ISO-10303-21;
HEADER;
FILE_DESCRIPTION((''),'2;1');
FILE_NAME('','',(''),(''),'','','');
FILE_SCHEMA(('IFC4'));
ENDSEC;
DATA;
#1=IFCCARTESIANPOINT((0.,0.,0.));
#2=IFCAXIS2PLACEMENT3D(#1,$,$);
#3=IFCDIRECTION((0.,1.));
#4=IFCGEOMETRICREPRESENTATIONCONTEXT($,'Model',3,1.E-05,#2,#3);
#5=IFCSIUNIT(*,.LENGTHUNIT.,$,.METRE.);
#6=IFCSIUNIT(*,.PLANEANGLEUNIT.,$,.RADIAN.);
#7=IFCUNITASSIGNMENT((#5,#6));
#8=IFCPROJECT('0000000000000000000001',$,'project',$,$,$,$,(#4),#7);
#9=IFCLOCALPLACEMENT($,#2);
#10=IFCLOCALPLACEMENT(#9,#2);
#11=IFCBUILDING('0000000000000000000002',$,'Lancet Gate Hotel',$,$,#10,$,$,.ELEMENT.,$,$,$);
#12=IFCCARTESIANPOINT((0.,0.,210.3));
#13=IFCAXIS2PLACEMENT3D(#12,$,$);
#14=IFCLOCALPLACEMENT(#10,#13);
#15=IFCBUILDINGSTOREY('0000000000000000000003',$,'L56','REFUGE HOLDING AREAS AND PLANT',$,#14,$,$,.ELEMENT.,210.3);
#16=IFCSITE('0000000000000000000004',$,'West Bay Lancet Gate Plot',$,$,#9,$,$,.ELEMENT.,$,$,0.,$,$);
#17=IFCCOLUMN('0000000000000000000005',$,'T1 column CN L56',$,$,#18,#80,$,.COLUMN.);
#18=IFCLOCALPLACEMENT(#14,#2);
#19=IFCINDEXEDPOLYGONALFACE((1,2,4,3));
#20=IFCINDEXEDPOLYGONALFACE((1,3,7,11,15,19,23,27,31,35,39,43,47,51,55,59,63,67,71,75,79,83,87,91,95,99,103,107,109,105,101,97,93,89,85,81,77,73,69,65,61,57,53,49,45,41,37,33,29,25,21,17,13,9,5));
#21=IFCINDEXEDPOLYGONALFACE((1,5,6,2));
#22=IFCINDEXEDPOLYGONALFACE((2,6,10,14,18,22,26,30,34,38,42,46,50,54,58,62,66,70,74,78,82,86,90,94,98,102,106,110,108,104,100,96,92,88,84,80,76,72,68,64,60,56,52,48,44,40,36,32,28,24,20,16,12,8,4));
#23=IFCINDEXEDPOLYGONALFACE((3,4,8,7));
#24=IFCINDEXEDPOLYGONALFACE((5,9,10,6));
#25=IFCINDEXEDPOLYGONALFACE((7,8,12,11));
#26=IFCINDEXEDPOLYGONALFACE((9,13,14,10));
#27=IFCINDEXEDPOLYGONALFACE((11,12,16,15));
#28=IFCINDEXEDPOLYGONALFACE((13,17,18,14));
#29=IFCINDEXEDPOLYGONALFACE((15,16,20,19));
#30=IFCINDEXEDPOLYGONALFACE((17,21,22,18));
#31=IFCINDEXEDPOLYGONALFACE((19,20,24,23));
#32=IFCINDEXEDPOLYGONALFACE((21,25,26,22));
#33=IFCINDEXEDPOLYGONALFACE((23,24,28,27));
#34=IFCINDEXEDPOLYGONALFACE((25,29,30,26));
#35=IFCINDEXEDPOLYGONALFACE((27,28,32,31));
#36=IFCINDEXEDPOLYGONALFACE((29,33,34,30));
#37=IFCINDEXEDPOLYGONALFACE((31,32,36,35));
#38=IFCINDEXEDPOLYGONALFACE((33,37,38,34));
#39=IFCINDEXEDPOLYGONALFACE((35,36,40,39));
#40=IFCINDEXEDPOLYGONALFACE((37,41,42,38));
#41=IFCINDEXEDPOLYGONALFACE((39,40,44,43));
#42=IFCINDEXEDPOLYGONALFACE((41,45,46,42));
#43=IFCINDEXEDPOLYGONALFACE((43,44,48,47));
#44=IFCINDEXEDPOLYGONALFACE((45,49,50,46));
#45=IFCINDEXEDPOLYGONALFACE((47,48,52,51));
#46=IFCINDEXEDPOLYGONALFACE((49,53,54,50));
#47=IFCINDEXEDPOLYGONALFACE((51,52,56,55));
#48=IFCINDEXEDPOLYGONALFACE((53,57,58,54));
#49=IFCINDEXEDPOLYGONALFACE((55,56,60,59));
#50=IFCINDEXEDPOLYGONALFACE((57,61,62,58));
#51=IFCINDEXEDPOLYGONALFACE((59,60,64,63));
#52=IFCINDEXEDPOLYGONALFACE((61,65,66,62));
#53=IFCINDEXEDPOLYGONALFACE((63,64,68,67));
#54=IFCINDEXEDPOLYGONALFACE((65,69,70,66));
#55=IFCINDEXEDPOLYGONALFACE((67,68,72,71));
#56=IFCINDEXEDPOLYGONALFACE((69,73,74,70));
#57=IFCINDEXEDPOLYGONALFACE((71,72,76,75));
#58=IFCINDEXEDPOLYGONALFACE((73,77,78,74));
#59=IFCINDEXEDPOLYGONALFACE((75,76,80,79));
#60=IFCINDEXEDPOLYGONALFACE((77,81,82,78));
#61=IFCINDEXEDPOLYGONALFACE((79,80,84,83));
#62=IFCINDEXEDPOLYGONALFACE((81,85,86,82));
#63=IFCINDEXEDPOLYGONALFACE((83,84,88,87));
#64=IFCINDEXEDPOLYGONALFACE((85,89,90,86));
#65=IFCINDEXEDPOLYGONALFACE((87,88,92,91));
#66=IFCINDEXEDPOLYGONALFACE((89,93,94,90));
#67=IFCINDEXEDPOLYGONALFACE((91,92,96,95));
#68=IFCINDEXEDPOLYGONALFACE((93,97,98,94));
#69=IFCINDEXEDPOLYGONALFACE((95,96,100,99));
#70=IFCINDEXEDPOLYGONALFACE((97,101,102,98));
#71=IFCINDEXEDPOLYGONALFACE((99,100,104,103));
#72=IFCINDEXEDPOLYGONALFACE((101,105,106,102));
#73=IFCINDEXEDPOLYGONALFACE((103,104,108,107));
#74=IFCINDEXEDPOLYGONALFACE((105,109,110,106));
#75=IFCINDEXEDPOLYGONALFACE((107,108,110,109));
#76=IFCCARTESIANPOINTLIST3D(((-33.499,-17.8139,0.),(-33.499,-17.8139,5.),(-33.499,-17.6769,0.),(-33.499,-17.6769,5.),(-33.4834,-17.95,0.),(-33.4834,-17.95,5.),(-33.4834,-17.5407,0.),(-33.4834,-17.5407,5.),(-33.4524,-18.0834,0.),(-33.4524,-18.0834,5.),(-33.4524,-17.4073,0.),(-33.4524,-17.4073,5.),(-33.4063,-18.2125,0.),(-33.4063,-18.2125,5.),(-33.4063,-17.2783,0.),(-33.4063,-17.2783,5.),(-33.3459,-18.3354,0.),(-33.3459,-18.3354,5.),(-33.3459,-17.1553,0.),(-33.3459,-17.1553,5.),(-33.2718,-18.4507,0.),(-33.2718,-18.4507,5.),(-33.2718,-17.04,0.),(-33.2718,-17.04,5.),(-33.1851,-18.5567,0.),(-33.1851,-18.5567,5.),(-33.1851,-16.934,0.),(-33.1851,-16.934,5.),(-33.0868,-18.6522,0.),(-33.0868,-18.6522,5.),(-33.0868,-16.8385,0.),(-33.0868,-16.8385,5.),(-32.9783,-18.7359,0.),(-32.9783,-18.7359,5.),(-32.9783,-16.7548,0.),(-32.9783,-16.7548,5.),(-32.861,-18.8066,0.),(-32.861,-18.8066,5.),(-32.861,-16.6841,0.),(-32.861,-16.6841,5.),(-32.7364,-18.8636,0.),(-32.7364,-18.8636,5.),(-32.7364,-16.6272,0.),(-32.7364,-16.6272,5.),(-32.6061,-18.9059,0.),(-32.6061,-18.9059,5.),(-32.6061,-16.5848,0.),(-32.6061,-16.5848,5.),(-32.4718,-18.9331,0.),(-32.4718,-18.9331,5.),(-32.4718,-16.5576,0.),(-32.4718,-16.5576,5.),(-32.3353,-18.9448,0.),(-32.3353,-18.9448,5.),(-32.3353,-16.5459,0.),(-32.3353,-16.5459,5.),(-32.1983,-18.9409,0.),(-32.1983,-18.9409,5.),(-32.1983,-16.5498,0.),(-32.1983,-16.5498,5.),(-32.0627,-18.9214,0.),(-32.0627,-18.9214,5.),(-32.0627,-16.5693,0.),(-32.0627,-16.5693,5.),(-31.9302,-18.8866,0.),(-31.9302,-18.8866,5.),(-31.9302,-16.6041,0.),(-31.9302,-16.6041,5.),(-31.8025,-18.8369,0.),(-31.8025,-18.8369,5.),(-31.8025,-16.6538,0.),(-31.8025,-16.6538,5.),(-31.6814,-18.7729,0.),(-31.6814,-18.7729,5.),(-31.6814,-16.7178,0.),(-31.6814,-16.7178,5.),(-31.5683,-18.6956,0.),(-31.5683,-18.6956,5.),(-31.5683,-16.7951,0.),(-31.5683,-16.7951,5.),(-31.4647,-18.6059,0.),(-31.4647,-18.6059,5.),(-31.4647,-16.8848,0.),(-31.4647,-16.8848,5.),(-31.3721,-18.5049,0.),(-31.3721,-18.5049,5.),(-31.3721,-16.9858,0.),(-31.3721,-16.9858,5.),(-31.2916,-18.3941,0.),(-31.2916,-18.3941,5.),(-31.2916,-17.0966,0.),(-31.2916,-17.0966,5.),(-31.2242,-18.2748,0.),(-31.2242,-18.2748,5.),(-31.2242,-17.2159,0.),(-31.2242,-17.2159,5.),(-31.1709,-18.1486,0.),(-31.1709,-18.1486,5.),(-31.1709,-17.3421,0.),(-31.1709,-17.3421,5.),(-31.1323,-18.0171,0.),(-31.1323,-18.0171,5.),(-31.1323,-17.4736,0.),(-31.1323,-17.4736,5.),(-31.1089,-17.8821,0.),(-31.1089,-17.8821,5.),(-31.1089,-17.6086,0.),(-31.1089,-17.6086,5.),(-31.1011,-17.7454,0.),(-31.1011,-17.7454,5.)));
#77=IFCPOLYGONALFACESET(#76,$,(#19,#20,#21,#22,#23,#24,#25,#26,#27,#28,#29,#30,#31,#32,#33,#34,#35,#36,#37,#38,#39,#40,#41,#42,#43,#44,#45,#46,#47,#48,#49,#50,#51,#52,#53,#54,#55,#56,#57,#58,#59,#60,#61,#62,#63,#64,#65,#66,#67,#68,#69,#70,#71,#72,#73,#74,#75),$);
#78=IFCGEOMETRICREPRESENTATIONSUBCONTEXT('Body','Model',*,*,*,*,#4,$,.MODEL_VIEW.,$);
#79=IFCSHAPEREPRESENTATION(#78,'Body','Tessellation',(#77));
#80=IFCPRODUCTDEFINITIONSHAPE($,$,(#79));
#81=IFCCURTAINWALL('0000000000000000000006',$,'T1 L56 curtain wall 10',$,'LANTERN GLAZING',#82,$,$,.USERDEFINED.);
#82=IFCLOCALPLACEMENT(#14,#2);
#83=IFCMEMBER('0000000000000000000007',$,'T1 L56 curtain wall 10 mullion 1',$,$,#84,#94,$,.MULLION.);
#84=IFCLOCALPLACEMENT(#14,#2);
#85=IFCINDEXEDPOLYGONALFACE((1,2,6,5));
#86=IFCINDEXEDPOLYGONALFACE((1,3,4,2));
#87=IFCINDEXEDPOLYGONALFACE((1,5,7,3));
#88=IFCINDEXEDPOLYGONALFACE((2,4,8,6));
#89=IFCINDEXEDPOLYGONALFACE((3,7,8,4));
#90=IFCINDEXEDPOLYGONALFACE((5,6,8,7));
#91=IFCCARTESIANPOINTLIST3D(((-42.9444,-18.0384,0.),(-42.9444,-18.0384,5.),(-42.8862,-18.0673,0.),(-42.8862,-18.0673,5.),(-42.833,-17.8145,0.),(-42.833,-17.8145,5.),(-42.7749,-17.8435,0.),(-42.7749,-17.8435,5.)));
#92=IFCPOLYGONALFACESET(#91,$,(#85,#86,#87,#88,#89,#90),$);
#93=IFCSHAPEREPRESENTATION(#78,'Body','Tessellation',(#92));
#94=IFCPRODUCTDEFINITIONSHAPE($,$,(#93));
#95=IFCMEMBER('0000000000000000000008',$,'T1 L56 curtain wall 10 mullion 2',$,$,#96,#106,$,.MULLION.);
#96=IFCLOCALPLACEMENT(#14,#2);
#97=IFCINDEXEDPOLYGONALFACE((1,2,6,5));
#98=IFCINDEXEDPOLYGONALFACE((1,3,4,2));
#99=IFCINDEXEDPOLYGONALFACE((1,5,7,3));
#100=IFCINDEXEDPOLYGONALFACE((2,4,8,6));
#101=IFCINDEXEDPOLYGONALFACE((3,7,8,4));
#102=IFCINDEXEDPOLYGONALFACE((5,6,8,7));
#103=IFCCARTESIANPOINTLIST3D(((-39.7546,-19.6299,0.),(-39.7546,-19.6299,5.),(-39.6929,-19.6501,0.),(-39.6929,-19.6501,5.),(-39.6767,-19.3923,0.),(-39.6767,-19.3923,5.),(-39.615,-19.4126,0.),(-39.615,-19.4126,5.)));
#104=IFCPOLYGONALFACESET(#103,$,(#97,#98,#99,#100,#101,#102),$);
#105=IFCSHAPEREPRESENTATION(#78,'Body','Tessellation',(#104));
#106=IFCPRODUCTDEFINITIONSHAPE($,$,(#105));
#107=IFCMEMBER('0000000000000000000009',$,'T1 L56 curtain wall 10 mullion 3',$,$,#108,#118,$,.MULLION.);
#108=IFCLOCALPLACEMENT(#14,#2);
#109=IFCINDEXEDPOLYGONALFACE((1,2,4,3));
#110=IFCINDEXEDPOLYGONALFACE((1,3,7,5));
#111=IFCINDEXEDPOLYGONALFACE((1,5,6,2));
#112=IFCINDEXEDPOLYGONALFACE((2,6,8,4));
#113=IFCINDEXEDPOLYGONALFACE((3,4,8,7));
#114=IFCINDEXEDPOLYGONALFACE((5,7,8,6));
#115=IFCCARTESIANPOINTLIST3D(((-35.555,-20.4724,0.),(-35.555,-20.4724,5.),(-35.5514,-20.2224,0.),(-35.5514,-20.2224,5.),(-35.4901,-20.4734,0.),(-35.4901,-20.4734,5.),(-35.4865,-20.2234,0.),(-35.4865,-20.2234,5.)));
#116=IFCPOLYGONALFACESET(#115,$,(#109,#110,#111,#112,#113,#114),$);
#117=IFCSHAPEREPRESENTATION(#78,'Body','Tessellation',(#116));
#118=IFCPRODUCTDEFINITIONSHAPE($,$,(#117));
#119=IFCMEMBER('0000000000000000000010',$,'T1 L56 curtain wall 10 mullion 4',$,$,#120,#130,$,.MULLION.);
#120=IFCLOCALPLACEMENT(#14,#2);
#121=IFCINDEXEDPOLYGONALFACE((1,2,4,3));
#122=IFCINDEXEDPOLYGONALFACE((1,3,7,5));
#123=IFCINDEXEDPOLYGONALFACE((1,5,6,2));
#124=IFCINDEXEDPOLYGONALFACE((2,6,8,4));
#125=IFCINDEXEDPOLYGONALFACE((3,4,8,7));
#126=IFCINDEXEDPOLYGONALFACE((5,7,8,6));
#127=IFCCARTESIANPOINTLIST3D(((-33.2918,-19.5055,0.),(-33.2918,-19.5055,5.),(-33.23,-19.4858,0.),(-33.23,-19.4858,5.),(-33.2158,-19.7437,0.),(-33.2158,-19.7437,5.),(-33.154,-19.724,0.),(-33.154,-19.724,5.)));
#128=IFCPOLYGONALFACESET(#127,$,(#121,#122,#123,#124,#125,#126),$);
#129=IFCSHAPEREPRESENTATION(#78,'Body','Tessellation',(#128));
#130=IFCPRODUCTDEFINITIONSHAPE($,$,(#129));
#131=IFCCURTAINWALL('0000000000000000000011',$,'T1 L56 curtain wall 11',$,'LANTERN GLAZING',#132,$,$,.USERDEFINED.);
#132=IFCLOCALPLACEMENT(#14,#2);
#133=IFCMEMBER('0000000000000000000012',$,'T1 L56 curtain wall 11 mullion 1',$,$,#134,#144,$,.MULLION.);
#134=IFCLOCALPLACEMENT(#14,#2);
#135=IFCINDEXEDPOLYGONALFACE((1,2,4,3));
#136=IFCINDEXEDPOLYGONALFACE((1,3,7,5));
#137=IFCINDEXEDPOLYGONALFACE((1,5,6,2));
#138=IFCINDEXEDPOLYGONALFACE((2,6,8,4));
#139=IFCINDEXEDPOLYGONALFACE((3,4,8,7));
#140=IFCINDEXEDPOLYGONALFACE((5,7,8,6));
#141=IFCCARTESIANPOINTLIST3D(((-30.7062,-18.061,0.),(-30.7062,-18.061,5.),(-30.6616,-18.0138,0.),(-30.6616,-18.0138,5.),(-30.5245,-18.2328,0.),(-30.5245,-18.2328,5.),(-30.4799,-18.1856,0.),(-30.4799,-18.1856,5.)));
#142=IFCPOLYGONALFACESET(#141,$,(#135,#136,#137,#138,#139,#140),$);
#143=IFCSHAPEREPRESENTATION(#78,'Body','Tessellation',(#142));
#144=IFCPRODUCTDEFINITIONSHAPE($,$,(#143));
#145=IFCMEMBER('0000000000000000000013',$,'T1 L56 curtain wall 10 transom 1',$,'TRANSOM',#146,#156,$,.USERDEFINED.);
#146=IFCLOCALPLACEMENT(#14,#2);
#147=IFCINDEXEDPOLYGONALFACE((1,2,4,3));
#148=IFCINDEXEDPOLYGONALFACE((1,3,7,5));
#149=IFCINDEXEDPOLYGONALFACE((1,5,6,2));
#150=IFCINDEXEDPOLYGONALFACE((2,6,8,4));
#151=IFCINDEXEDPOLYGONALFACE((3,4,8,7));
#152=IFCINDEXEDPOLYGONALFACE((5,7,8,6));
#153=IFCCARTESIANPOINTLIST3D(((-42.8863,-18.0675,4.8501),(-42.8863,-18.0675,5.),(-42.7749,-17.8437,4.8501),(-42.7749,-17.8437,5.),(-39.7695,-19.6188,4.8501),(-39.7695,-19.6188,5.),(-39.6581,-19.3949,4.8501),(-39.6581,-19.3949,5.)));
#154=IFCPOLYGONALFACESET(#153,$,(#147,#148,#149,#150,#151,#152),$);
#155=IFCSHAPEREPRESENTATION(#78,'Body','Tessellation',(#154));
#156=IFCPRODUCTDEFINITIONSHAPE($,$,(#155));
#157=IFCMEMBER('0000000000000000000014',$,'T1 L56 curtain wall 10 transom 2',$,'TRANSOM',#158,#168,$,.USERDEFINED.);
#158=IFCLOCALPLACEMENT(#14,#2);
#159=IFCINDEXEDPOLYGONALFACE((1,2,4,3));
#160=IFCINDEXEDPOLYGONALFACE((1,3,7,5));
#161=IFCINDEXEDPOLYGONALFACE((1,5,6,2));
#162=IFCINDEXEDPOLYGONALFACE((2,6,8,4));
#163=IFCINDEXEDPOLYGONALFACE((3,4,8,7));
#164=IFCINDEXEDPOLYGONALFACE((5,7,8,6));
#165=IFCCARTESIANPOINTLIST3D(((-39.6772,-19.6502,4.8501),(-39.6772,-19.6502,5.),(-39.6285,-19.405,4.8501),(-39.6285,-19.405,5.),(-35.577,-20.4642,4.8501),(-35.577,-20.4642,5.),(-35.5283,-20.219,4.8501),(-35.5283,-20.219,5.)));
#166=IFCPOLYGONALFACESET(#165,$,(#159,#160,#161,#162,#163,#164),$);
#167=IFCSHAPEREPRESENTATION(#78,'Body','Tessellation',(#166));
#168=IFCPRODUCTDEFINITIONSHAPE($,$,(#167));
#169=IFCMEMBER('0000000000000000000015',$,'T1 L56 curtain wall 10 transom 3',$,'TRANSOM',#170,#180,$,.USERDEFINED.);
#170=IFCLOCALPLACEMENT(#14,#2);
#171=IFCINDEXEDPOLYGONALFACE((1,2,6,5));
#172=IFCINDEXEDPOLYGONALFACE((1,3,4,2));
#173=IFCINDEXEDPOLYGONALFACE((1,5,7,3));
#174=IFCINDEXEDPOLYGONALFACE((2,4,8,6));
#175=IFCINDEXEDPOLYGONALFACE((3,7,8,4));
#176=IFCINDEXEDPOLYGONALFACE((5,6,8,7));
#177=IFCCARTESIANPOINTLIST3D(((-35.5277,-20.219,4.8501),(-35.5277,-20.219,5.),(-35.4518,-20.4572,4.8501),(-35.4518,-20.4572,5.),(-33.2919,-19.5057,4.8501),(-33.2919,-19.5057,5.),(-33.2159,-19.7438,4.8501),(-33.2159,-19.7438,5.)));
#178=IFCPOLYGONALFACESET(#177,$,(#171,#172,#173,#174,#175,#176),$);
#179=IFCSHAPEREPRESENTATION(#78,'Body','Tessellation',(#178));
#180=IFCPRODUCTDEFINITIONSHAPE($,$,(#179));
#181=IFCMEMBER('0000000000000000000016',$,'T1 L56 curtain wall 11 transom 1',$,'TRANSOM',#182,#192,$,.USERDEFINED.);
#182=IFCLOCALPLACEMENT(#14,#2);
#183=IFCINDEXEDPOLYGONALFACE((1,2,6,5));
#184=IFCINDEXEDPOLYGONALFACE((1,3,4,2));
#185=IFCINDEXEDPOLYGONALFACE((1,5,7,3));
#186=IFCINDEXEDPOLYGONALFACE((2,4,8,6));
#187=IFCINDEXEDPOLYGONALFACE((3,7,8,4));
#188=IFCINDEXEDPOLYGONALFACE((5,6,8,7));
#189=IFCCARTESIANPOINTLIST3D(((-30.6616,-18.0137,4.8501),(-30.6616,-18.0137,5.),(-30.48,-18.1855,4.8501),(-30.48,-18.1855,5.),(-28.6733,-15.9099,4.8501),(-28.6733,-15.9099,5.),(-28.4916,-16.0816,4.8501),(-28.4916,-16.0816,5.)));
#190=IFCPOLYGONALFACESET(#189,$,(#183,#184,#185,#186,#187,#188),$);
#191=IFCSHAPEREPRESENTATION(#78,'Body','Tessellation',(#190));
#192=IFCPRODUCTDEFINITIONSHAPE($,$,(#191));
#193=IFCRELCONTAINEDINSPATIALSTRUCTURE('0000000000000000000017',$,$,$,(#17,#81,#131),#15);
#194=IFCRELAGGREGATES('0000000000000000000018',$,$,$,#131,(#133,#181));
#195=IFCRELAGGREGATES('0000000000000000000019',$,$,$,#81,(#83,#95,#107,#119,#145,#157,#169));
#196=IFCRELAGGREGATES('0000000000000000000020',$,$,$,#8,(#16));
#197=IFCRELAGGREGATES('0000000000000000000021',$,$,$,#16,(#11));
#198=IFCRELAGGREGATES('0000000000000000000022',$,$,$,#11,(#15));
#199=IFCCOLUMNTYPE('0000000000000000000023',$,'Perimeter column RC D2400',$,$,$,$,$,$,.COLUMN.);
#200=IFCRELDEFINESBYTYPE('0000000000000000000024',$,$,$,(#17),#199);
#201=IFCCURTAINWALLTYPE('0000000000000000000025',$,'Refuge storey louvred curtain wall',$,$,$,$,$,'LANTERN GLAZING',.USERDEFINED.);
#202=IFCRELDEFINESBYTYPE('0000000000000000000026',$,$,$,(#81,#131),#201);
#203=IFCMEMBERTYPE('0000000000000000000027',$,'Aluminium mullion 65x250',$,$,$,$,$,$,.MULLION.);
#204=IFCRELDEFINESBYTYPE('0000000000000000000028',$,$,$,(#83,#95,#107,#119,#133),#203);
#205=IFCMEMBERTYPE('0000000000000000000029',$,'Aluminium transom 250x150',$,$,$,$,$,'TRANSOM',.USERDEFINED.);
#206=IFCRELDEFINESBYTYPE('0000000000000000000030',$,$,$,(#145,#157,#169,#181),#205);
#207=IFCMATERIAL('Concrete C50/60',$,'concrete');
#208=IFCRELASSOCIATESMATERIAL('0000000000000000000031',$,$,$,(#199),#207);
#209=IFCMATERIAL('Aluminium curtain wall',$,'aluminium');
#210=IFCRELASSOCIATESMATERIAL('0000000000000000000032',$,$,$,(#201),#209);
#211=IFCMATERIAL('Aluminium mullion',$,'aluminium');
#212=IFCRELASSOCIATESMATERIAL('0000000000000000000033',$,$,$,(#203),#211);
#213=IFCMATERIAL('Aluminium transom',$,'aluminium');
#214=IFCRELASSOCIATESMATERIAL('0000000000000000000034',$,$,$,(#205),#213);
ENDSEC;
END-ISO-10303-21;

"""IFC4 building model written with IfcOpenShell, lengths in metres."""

from ifc_helpers import new_model, si_unit, direction, frame, origin, origin_2d, place, context, subcontext, project, spatial, rectangle, circle, extrude, material, material_profile, profile_set, type_object, element, aggregate, save


model = new_model("IFC4")

# Units and contexts
model_context = context("Model", 3, precision=1e-05, world=origin(), true_north=direction((0.0, 1.0)))
body_context = subcontext(model_context, "Body", "Model", "MODEL_VIEW")
ifc_project = project(units=[si_unit("LENGTHUNIT", "METRE"), si_unit("PLANEANGLEUNIT", "RADIAN")], contexts=[model_context])

# Site, building, storey
site_placement = place(None, origin())
site = spatial("IfcSite", under=ifc_project, at=site_placement, Name="West Bay Lancet Gate Plot", CompositionType="ELEMENT", RefElevation=0.0)
building_placement = place(site_placement, origin())
building = spatial("IfcBuilding", under=site, at=building_placement, Name="Lancet Gate Hotel", CompositionType="ELEMENT")
storey_placement = place(building_placement, frame((0.0, 0.0, 210.3)))
storey = spatial("IfcBuildingStorey", under=building, at=storey_placement, Name="L56", Description="REFUGE HOLDING AREAS AND PLANT", CompositionType="ELEMENT", Elevation=210.3)

# Column
ifc_material_1 = material(Name="Concrete C50/60", Category="concrete")
ifc_material_profile_1 = material_profile(ifc_material_1, circle(Radius=1.2, at=origin_2d()), Name="RC D2400")
ifc_profile_set_1 = profile_set([ifc_material_profile_1], Name="Concrete C50/60")
column_type = type_object("IfcColumnType", Name="Perimeter column RC D2400", PredefinedType="COLUMN", material=ifc_profile_set_1)
column_placement = place(storey_placement, frame((-32.301, -17.7454, 0.0), z_axis=(0.0, 0.0, 1.0), x_axis=(1.0, 0.0, 0.0)))
element("IfcColumn", 1, at=column_placement, inside=storey, type_object=column_type, Name="T1 column CN L56", PredefinedType="COLUMN", context=body_context, shape_type="SweptSolid", body=[
    extrude(circle(Radius=1.2, at=origin_2d()), origin(), (0.0, 0.0, 1.0), 5.0),
])

# Curtain wall, members
ifc_material_2 = material(Name="Aluminium curtain wall", Category="aluminium")
curtain_wall_type = type_object("IfcCurtainWallType", Name="Refuge storey louvred curtain wall", ElementType="LANTERN GLAZING", PredefinedType="USERDEFINED", material=ifc_material_2)
curtain_wall_1_placement = place(storey_placement, origin())
curtain_wall_1 = element("IfcCurtainWall", 2, at=curtain_wall_1_placement, inside=storey, type_object=curtain_wall_type, Name="T1 L56 curtain wall 10", ObjectType="LANTERN GLAZING", PredefinedType="USERDEFINED")
ifc_material_3 = material(Name="Aluminium mullion", Category="aluminium")
ifc_material_profile_2 = material_profile(ifc_material_3, rectangle(XDim=0.0649, YDim=0.25, at=origin_2d()), Name="MULLION 65x250")
ifc_profile_set_2 = profile_set([ifc_material_profile_2], Name="Aluminium mullion")
member_type_1 = type_object("IfcMemberType", Name="Aluminium mullion 65x250", PredefinedType="MULLION", material=ifc_profile_set_2)
member_1_placement = place(storey_placement, frame((-42.8596, -17.9409, 0.0), z_axis=(0.0, 0.0, 1.0), x_axis=(0.895234, -0.445596, 0.0)))
member_1 = element("IfcMember", 3, at=member_1_placement, type_object=member_type_1, Name="T1 L56 curtain wall 10 mullion 1", PredefinedType="MULLION", context=body_context, shape_type="SweptSolid", body=[
    extrude(rectangle(XDim=0.0649, YDim=0.25, at=origin_2d()), origin(), (0.0, 0.0, 1.0), 5.0),
])
member_2_placement = place(storey_placement, frame((-39.6848, -19.5212, 0.0), z_axis=(0.0, 0.0, 1.0), x_axis=(0.950201, -0.311637, 0.0)))
member_2 = element("IfcMember", 4, at=member_2_placement, type_object=member_type_1, Name="T1 L56 curtain wall 10 mullion 2", PredefinedType="MULLION", context=body_context, shape_type="SweptSolid", body=[
    extrude(rectangle(XDim=0.0649, YDim=0.25, at=origin_2d()), origin(), (0.0, 0.0, 1.0), 5.0),
])
member_3_placement = place(storey_placement, frame((-35.5208, -20.3479, 0.0), z_axis=(0.0, 0.0, 1.0), x_axis=(0.999895, -0.014488, 0.0)))
member_3 = element("IfcMember", 5, at=member_3_placement, type_object=member_type_1, Name="T1 L56 curtain wall 10 mullion 3", PredefinedType="MULLION", context=body_context, shape_type="SweptSolid", body=[
    extrude(rectangle(XDim=0.0649, YDim=0.25, at=origin_2d()), origin(), (0.0, 0.0, 1.0), 5.0),
])
member_4_placement = place(storey_placement, frame((-33.2229, -19.6147, 0.0), z_axis=(0.0, 0.0, 1.0), x_axis=(0.952696, 0.303926, 0.0)))
member_4 = element("IfcMember", 6, at=member_4_placement, type_object=member_type_1, Name="T1 L56 curtain wall 10 mullion 4", PredefinedType="MULLION", context=body_context, shape_type="SweptSolid", body=[
    extrude(rectangle(XDim=0.0649, YDim=0.25, at=origin_2d()), origin(), (0.0, 0.0, 1.0), 5.0),
])

# Curtain wall, member
curtain_wall_2_placement = place(storey_placement, origin())
curtain_wall_2 = element("IfcCurtainWall", 7, at=curtain_wall_2_placement, inside=storey, type_object=curtain_wall_type, Name="T1 L56 curtain wall 11", ObjectType="LANTERN GLAZING", PredefinedType="USERDEFINED")
member_5_placement = place(storey_placement, frame((-30.593, -18.1233, 0.0), z_axis=(0.0, 0.0, 1.0), x_axis=(0.686883, 0.726768, 0.0)))
member_5 = element("IfcMember", 8, at=member_5_placement, type_object=member_type_1, Name="T1 L56 curtain wall 11 mullion 1", PredefinedType="MULLION", context=body_context, shape_type="SweptSolid", body=[
    extrude(rectangle(XDim=0.0649, YDim=0.25, at=origin_2d()), origin(), (0.0, 0.0, 1.0), 5.0),
])

# Members
ifc_material_4 = material(Name="Aluminium transom", Category="aluminium")
ifc_material_profile_3 = material_profile(ifc_material_4, rectangle(XDim=0.25, YDim=0.1499, at=origin_2d()), Name="TRANSOM 250x150")
ifc_profile_set_3 = profile_set([ifc_material_profile_3], Name="Aluminium transom")
member_type_2 = type_object("IfcMemberType", Name="Aluminium transom 250x150", ElementType="TRANSOM", PredefinedType="USERDEFINED", material=ifc_profile_set_3)
member_6_placement = place(storey_placement, frame((-42.8306, -17.9556, 4.925), z_axis=(0.895239, -0.445586, 0.0), x_axis=(0.445586, 0.895239, 0.0)))
member_6 = element("IfcMember", 9, at=member_6_placement, type_object=member_type_2, Name="T1 L56 curtain wall 10 transom 1", ObjectType="TRANSOM", PredefinedType="USERDEFINED", context=body_context, shape_type="SweptSolid", body=[
    extrude(rectangle(XDim=0.25, YDim=0.1499, at=origin_2d()), origin(), (0.0, 0.0, 1.0), 3.4814),
])
member_7_placement = place(storey_placement, frame((-39.6528, -19.5276, 4.925), z_axis=(0.980858, -0.194723, 0.0), x_axis=(0.194723, 0.980858, 0.0)))
member_7 = element("IfcMember", 10, at=member_7_placement, type_object=member_type_2, Name="T1 L56 curtain wall 10 transom 2", ObjectType="TRANSOM", PredefinedType="USERDEFINED", context=body_context, shape_type="SweptSolid", body=[
    extrude(rectangle(XDim=0.25, YDim=0.1499, at=origin_2d()), origin(), (0.0, 0.0, 1.0), 4.1802),
])
member_8_placement = place(storey_placement, frame((-35.4897, -20.3381, 4.925), z_axis=(0.952682, 0.303968, 0.0), x_axis=(-0.303968, 0.952682, 0.0)))
member_8 = element("IfcMember", 11, at=member_8_placement, type_object=member_type_2, Name="T1 L56 curtain wall 10 transom 3", ObjectType="TRANSOM", PredefinedType="USERDEFINED", context=body_context, shape_type="SweptSolid", body=[
    extrude(rectangle(XDim=0.25, YDim=0.1499, at=origin_2d()), origin(), (0.0, 0.0, 1.0), 2.3469),
])
member_9_placement = place(storey_placement, frame((-30.5708, -18.0996, 4.925), z_axis=(0.686879, 0.726772, 0.0), x_axis=(-0.726772, 0.686879, 0.0)))
member_9 = element("IfcMember", 12, at=member_9_placement, type_object=member_type_2, Name="T1 L56 curtain wall 11 transom 1", ObjectType="TRANSOM", PredefinedType="USERDEFINED", context=body_context, shape_type="SweptSolid", body=[
    extrude(rectangle(XDim=0.25, YDim=0.1499, at=origin_2d()), origin(), (0.0, 0.0, 1.0), 2.8948),
])
aggregate(curtain_wall_2, [member_5, member_9])

aggregate(curtain_wall_1, [member_1, member_2, member_3, member_4, member_6, member_7, member_8])

save(model, "model.ifc")
